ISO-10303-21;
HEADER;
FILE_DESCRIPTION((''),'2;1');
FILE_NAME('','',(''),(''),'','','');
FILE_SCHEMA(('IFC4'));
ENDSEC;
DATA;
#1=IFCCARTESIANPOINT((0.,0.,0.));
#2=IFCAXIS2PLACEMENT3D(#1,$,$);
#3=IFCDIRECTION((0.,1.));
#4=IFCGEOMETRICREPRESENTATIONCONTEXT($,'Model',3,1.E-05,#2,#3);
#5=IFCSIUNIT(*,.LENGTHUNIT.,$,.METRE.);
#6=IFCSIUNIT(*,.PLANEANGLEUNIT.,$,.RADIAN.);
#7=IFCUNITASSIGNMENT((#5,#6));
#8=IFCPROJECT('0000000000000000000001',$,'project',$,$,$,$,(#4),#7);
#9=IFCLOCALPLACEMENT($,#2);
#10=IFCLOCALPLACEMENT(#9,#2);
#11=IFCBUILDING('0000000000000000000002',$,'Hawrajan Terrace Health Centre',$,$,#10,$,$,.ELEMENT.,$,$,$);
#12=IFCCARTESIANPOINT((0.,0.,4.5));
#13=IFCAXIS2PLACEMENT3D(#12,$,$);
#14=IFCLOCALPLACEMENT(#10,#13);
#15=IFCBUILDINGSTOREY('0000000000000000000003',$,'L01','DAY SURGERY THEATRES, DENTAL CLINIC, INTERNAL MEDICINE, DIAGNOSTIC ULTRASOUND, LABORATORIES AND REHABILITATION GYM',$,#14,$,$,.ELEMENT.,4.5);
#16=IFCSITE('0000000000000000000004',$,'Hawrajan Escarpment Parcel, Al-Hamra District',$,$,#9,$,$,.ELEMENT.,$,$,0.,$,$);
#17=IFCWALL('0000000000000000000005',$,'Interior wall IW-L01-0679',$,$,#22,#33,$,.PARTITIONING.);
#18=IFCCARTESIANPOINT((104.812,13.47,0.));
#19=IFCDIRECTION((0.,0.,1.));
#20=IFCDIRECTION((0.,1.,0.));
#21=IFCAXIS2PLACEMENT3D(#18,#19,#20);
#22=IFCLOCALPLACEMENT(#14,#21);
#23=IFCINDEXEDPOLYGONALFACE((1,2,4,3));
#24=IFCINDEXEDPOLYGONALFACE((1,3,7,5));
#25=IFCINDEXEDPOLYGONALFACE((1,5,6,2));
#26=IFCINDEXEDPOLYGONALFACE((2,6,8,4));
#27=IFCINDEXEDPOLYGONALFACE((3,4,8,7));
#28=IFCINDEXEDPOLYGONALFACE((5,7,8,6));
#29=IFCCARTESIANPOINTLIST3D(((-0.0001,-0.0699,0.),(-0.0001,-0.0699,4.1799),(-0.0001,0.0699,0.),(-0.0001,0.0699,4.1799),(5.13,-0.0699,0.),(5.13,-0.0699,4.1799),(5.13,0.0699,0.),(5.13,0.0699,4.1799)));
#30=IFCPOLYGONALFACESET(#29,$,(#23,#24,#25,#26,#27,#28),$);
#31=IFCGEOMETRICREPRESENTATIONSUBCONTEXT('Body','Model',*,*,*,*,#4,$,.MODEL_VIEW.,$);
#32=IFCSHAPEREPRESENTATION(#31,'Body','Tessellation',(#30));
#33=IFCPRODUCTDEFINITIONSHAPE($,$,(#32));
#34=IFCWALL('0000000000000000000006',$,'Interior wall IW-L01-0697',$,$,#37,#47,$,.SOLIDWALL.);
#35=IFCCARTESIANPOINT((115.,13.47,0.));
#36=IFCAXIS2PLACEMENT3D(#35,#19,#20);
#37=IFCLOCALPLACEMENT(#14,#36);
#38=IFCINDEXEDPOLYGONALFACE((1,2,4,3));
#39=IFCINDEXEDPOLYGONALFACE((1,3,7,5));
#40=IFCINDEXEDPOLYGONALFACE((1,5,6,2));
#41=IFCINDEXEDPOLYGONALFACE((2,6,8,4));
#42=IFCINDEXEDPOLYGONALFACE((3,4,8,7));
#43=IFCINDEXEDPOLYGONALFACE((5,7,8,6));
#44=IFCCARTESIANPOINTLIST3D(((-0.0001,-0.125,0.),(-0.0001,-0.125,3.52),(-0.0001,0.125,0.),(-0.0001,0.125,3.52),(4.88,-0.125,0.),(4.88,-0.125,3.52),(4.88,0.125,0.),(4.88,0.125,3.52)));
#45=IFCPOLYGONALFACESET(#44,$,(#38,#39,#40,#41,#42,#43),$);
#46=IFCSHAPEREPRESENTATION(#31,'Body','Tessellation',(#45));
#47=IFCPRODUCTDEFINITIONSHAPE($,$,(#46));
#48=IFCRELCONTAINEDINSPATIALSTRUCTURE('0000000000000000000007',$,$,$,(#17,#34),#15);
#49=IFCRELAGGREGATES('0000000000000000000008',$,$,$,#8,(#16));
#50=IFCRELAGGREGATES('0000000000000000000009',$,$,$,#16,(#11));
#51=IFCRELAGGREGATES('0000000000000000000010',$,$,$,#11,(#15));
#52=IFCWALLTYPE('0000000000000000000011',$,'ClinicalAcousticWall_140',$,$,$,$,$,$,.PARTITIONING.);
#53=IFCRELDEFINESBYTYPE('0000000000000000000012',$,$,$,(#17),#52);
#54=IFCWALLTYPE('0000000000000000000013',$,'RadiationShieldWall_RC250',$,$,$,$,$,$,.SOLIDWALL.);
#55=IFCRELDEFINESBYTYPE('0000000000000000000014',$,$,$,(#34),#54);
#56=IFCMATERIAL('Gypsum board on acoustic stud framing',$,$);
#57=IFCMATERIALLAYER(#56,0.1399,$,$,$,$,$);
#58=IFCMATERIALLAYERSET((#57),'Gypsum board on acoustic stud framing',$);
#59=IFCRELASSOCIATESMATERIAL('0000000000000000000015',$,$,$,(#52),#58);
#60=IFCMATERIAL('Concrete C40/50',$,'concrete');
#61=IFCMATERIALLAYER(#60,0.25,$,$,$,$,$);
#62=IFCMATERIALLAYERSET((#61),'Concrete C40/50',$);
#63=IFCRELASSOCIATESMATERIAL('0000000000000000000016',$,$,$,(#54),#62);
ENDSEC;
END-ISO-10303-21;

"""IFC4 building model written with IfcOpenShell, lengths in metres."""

from ifc_helpers import new_model, si_unit, direction, frame, frame_2d, origin, place, context, subcontext, project, spatial, rectangle, extrude, material, layer, layer_set, type_object, element, save


model = new_model("IFC4")

# Units and contexts
model_context = context("Model", 3, precision=1e-05, world=origin(), true_north=direction((0.0, 1.0)))
body_context = subcontext(model_context, "Body", "Model", "MODEL_VIEW")
ifc_project = project(units=[si_unit("LENGTHUNIT", "METRE"), si_unit("PLANEANGLEUNIT", "RADIAN")], contexts=[model_context])

# Site, building, storey
site_placement = place(None, origin())
site = spatial("IfcSite", under=ifc_project, at=site_placement, Name="Hawrajan Escarpment Parcel, Al-Hamra District", CompositionType="ELEMENT", RefElevation=0.0)
building_placement = place(site_placement, origin())
building = spatial("IfcBuilding", under=site, at=building_placement, Name="Hawrajan Terrace Health Centre", CompositionType="ELEMENT")
storey_placement = place(building_placement, frame((0.0, 0.0, 4.5)))
storey = spatial("IfcBuildingStorey", under=building, at=storey_placement, Name="L01", Description="DAY SURGERY THEATRES, DENTAL CLINIC, INTERNAL MEDICINE, DIAGNOSTIC ULTRASOUND, LABORATORIES AND REHABILITATION GYM", CompositionType="ELEMENT", Elevation=4.5)

# Shared definitions
ifc_material_1 = material(Name="Concrete C40/50", Category="concrete")

# Wall
ifc_material_2 = material(Name="Gypsum board on acoustic stud framing")
ifc_layer_1 = layer(ifc_material_2, 0.1399)
ifc_layer_set_1 = layer_set([ifc_layer_1], Name="Gypsum board on acoustic stud framing")
wall_type_1 = type_object("IfcWallType", Name="ClinicalAcousticWall_140", PredefinedType="PARTITIONING", material=ifc_layer_set_1)
wall_1_placement = place(storey_placement, frame((104.812, 13.47, 0.0), z_axis=(0.0, 0.0, 1.0), x_axis=(0.0, 1.0, 0.0)))
element("IfcWall", 1, at=wall_1_placement, inside=storey, type_object=wall_type_1, Name="Interior wall IW-L01-0679", PredefinedType="PARTITIONING", context=body_context, shape_type="SweptSolid", body=[
    extrude(rectangle(XDim=5.1301, YDim=0.1399, at=frame_2d((2.5649, 0.0))), origin(), (0.0, 0.0, 1.0), 4.1799),
])

# Wall
ifc_layer_2 = layer(ifc_material_1, 0.25)
ifc_layer_set_2 = layer_set([ifc_layer_2], Name="Concrete C40/50")
wall_type_2 = type_object("IfcWallType", Name="RadiationShieldWall_RC250", PredefinedType="SOLIDWALL", material=ifc_layer_set_2)
wall_2_placement = place(storey_placement, frame((115.0, 13.47, 0.0), z_axis=(0.0, 0.0, 1.0), x_axis=(0.0, 1.0, 0.0)))
element("IfcWall", 2, at=wall_2_placement, inside=storey, type_object=wall_type_2, Name="Interior wall IW-L01-0697", PredefinedType="SOLIDWALL", context=body_context, shape_type="SweptSolid", body=[
    extrude(rectangle(XDim=4.8801, YDim=0.25, at=frame_2d((2.4399, 0.0))), origin(), (0.0, 0.0, 1.0), 3.52),
])

save(model, "model.ifc")
